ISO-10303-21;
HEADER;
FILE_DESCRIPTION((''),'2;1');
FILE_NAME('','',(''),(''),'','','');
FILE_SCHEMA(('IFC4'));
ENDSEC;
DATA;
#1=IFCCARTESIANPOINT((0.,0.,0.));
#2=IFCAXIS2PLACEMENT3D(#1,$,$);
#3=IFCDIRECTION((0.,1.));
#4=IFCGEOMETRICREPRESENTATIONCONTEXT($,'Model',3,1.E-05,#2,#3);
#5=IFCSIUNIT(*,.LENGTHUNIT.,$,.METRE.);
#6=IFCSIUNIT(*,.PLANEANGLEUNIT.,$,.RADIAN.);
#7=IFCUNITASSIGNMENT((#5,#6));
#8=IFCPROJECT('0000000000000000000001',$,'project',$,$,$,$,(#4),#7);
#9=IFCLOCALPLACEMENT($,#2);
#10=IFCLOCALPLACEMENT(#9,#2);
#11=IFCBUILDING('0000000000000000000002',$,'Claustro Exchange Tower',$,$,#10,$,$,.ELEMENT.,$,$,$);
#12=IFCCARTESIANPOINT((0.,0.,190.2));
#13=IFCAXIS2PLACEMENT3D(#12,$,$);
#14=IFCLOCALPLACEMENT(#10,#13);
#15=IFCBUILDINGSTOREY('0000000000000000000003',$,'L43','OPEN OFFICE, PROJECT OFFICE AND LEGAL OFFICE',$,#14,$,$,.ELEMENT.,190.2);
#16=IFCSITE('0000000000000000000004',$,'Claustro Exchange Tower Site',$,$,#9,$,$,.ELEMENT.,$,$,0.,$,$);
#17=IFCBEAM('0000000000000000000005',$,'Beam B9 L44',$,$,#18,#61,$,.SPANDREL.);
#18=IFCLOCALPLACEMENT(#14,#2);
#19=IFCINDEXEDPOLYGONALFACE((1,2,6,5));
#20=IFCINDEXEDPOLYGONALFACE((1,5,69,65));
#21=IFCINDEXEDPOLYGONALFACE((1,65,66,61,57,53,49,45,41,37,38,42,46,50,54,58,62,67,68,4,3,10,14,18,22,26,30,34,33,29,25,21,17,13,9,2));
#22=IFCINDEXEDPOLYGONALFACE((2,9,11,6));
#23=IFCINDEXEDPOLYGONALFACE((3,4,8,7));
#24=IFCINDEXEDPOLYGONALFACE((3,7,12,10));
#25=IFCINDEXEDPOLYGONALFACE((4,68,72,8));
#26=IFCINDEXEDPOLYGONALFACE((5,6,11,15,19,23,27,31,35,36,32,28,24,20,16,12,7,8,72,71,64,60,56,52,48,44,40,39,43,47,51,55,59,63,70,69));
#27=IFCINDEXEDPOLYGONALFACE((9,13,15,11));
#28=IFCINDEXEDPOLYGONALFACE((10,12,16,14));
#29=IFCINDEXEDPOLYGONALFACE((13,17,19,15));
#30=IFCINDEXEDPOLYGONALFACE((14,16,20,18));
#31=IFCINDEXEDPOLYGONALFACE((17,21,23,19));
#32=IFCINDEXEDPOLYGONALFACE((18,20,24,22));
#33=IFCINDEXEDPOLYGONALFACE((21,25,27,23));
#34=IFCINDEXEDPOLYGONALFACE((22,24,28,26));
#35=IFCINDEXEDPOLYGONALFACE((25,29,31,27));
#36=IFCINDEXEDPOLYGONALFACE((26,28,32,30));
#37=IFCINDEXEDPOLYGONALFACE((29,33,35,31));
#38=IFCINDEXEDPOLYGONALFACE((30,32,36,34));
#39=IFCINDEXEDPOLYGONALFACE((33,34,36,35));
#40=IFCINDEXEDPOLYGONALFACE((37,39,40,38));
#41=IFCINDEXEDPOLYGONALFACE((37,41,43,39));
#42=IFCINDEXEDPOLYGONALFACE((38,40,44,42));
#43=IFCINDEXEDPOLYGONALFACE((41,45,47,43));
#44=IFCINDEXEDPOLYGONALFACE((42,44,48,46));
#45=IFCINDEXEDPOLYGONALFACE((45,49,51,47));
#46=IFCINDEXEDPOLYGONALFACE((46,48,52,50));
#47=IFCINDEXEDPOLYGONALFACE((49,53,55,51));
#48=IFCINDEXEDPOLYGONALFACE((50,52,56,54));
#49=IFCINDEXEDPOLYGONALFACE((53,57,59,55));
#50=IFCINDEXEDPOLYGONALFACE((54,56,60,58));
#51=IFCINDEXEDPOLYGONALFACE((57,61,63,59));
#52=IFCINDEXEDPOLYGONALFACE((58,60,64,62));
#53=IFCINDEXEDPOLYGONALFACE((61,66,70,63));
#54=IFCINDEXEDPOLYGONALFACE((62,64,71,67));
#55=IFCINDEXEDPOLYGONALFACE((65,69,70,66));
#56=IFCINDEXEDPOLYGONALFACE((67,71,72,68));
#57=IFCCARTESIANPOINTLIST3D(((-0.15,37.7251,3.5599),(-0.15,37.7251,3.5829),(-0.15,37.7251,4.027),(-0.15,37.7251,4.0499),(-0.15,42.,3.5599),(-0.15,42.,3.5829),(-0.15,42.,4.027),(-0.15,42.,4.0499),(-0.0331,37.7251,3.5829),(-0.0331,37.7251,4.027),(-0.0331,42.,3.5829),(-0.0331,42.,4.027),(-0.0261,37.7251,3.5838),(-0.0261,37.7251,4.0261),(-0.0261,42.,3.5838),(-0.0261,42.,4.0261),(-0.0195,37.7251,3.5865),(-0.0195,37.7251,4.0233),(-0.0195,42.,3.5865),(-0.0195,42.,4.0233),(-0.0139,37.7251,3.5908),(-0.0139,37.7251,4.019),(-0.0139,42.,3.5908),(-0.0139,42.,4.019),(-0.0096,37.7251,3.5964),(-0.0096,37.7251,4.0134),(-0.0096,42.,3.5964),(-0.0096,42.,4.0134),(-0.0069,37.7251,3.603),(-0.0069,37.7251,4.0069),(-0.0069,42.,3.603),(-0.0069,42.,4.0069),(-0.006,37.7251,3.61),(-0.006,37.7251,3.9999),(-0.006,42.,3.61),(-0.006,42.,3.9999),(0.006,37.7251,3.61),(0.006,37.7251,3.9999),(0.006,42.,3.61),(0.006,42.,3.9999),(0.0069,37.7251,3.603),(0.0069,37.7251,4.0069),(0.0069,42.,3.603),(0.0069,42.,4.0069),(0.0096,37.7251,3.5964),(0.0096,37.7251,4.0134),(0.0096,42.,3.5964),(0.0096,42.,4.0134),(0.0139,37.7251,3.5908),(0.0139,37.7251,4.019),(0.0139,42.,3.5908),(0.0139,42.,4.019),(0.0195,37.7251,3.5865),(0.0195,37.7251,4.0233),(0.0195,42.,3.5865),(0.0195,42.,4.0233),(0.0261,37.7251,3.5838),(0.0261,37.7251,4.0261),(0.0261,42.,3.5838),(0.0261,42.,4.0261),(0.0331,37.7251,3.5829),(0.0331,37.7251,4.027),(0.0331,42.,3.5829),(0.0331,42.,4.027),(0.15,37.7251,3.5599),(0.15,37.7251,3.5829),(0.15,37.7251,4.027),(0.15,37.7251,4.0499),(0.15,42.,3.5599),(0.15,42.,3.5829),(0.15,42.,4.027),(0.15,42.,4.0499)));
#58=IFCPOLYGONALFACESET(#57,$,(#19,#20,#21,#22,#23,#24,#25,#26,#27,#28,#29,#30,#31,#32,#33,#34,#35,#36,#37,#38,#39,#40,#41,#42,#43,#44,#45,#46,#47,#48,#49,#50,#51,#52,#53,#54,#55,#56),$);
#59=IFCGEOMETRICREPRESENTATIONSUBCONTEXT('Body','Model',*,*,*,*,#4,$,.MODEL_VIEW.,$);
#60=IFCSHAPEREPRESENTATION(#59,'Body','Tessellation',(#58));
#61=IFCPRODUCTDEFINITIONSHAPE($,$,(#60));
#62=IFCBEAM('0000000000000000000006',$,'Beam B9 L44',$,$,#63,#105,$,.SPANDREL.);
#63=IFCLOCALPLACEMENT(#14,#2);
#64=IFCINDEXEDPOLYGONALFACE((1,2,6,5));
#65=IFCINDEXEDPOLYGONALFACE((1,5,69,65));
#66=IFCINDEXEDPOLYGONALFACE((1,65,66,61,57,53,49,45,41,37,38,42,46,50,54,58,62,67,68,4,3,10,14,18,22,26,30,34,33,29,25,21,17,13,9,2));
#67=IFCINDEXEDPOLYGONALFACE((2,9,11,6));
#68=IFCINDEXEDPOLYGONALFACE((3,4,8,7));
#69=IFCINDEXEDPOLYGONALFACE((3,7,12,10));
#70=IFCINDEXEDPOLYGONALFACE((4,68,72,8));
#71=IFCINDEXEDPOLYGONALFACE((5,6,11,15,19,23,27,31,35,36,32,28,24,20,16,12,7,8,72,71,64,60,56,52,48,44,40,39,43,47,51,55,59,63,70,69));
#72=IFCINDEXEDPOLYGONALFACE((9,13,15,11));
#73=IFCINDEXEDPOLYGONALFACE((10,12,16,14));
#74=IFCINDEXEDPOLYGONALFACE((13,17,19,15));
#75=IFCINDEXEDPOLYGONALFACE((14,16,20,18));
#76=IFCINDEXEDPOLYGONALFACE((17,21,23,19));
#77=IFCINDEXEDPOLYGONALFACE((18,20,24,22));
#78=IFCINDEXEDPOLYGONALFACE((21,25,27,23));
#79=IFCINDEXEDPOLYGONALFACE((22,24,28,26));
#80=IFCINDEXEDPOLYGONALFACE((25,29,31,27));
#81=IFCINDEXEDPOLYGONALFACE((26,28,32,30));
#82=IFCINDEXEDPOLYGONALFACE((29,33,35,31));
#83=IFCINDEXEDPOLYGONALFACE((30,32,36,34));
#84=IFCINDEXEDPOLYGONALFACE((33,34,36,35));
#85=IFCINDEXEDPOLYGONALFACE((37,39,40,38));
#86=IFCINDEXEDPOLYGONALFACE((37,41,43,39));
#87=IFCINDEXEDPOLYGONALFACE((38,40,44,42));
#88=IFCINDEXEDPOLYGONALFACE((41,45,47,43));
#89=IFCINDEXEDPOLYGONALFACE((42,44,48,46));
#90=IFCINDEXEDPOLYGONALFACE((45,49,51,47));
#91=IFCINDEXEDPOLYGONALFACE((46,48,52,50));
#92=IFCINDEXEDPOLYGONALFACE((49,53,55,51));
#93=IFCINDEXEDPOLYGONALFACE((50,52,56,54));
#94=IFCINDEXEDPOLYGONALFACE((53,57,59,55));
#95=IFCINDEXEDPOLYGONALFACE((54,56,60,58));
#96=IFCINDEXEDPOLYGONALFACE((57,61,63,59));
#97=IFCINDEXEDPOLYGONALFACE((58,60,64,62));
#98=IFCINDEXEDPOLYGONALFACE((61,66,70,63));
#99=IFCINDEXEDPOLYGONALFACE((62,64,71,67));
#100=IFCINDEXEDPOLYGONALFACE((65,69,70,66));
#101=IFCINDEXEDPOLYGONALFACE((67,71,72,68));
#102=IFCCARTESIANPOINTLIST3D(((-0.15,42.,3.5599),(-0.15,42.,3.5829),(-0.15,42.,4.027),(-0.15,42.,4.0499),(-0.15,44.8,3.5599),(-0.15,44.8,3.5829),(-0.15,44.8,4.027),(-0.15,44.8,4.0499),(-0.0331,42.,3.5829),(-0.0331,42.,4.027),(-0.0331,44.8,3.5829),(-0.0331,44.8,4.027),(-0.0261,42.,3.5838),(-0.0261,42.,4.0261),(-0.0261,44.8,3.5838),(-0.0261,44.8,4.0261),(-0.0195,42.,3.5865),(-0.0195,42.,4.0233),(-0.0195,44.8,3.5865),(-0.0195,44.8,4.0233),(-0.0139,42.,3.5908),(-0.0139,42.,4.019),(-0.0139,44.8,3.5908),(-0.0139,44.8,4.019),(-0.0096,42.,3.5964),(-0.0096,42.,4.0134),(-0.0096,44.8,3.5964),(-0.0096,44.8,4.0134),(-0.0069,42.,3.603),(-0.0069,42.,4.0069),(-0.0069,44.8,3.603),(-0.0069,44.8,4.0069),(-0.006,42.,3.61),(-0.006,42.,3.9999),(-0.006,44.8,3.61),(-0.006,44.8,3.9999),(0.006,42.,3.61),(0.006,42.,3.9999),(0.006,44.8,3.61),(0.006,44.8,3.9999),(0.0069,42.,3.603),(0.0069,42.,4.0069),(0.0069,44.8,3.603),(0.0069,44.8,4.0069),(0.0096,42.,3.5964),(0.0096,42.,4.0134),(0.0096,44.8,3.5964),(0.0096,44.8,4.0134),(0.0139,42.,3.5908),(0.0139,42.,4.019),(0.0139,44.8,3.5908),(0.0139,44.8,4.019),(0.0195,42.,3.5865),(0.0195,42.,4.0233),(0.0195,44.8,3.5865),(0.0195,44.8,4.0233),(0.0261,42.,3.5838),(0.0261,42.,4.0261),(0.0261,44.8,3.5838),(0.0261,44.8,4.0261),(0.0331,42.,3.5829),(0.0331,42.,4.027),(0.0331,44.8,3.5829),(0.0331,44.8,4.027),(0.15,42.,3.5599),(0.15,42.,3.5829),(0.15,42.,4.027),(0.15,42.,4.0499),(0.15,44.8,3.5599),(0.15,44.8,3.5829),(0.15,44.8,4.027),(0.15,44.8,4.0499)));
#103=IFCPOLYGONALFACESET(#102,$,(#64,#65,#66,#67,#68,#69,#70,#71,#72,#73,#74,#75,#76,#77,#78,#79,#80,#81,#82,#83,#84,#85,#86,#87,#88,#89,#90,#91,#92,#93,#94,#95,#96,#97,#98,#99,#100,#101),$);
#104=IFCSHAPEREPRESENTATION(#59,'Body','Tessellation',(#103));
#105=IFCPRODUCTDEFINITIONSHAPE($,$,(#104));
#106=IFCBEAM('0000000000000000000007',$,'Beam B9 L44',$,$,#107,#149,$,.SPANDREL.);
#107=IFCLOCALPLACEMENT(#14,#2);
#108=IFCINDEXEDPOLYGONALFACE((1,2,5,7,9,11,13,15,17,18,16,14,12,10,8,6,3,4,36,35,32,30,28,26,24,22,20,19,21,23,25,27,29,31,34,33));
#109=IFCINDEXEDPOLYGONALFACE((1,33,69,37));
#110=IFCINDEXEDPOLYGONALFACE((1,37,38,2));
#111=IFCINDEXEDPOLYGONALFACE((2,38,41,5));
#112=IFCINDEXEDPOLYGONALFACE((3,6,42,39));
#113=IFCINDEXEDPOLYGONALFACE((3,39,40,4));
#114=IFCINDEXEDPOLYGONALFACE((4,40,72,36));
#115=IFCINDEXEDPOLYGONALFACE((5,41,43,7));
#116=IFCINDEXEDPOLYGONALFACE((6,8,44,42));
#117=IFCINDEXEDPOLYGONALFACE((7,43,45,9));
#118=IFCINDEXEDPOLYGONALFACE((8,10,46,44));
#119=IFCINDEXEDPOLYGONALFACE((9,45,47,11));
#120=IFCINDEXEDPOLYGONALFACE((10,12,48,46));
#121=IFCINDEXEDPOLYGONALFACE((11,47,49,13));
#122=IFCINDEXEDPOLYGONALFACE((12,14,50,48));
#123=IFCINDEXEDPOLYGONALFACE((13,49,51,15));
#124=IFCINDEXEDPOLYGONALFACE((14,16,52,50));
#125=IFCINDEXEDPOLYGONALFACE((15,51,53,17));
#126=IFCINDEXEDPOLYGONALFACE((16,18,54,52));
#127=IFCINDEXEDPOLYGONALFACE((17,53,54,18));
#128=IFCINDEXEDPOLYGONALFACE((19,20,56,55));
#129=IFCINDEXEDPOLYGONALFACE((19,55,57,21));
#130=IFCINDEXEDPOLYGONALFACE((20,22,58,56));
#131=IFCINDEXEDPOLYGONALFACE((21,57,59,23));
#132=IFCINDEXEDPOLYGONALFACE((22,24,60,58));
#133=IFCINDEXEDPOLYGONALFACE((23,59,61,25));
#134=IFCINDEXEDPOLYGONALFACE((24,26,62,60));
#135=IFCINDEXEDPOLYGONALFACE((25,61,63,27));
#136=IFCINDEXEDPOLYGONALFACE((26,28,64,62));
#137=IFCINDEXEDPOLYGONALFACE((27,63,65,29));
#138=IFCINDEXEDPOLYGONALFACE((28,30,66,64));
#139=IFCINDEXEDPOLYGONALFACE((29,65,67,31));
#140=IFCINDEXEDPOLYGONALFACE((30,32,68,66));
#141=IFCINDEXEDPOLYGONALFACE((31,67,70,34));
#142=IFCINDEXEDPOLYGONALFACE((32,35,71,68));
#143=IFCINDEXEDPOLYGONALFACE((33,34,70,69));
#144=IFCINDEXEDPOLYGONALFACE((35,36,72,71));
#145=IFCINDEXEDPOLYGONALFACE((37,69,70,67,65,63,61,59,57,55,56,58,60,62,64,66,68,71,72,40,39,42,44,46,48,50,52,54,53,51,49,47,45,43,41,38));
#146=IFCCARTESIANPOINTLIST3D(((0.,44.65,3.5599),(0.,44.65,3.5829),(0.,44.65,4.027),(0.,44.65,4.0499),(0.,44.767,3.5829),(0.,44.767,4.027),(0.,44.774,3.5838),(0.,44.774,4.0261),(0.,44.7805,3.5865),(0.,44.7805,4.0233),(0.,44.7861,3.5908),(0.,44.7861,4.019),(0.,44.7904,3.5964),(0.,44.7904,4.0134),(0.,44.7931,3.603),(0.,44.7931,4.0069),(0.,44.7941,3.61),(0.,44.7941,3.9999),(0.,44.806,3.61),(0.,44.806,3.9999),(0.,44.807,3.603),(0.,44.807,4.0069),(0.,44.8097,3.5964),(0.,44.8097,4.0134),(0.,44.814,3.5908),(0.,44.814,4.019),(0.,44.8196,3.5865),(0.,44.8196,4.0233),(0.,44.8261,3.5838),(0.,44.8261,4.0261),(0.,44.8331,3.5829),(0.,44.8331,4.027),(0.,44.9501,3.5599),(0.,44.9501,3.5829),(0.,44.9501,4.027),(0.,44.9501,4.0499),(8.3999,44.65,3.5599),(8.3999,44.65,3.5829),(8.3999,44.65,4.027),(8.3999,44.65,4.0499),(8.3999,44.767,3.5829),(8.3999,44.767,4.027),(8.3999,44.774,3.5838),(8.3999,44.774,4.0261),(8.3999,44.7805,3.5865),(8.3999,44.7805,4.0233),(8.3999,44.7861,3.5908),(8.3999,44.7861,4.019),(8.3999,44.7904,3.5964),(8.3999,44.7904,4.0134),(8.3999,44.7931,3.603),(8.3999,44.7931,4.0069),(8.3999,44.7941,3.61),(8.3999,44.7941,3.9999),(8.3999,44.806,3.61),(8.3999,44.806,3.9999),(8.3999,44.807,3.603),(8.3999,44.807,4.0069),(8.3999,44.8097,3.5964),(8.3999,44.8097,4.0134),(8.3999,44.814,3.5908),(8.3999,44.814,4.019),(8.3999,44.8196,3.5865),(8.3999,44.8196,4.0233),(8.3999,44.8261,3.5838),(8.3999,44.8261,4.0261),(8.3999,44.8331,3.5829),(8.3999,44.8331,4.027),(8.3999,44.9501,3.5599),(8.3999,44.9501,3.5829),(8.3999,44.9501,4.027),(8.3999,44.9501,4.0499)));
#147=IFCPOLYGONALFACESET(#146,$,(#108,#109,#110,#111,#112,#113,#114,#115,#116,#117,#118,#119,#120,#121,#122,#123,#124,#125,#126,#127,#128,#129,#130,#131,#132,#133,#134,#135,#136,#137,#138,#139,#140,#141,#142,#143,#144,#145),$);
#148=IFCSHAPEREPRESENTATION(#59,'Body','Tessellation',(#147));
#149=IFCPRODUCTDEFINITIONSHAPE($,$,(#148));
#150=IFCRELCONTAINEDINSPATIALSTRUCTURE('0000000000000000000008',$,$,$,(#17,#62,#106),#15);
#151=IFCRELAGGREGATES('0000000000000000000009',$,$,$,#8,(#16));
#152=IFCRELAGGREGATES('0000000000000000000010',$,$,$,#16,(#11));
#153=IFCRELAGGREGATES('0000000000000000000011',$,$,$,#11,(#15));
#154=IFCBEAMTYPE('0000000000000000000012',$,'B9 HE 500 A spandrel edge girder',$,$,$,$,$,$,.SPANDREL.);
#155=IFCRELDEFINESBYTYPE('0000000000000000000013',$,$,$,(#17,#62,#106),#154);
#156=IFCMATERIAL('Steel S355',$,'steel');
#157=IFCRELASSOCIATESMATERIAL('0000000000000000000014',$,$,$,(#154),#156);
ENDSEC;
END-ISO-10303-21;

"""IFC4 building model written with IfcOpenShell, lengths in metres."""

from ifc_helpers import new_model, si_unit, direction, frame, origin, origin_2d, place, context, subcontext, project, spatial, i_section, extrude, material, material_profile, profile_set, type_object, element, save


model = new_model("IFC4")

# Units and contexts
model_context = context("Model", 3, precision=1e-05, world=origin(), true_north=direction((0.0, 1.0)))
body_context = subcontext(model_context, "Body", "Model", "MODEL_VIEW")
ifc_project = project(units=[si_unit("LENGTHUNIT", "METRE"), si_unit("PLANEANGLEUNIT", "RADIAN")], contexts=[model_context])

# Site, building, storey
site_placement = place(None, origin())
site = spatial("IfcSite", under=ifc_project, at=site_placement, Name="Claustro Exchange Tower Site", CompositionType="ELEMENT", RefElevation=0.0)
building_placement = place(site_placement, origin())
building = spatial("IfcBuilding", under=site, at=building_placement, Name="Claustro Exchange Tower", CompositionType="ELEMENT")
storey_placement = place(building_placement, frame((0.0, 0.0, 190.2)))
storey = spatial("IfcBuildingStorey", under=building, at=storey_placement, Name="L43", Description="OPEN OFFICE, PROJECT OFFICE AND LEGAL OFFICE", CompositionType="ELEMENT", Elevation=190.2)

# Beams
ifc_material_1 = material(Name="Steel S355", Category="steel")
ifc_material_profile_1 = material_profile(ifc_material_1, i_section(OverallWidth=0.3, OverallDepth=0.49, WebThickness=0.012, FlangeThickness=0.0229, FilletRadius=0.0271, at=origin_2d()), Name="HE 500 A")
ifc_profile_set_1 = profile_set([ifc_material_profile_1], Name="Steel S355")
beam_type_1 = type_object("IfcBeamType", Name="B9 HE 500 A spandrel edge girder", PredefinedType="SPANDREL", material=ifc_profile_set_1)
beam_1_placement = place(storey_placement, frame((0.0, 37.7251, 3.8049), z_axis=(0.0, 1.0, 0.0), x_axis=(-1.0, 0.0, 0.0)))
element("IfcBeam", 1, at=beam_1_placement, inside=storey, type_object=beam_type_1, Name="Beam B9 L44", PredefinedType="SPANDREL", context=body_context, shape_type="SweptSolid", body=[
    extrude(i_section(OverallWidth=0.3, OverallDepth=0.49, WebThickness=0.012, FlangeThickness=0.0229, FilletRadius=0.0271, at=origin_2d()), origin(), (0.0, 0.0, 1.0), 4.2749),
])
beam_2_placement = place(storey_placement, frame((0.0, 42.0, 3.8049), z_axis=(0.0, 1.0, 0.0), x_axis=(-1.0, 0.0, 0.0)))
element("IfcBeam", 2, at=beam_2_placement, inside=storey, type_object=beam_type_1, Name="Beam B9 L44", PredefinedType="SPANDREL", context=body_context, shape_type="SweptSolid", body=[
    extrude(i_section(OverallWidth=0.3, OverallDepth=0.49, WebThickness=0.012, FlangeThickness=0.0229, FilletRadius=0.0271, at=origin_2d()), origin(), (0.0, 0.0, 1.0), 2.8),
])
beam_3_placement = place(storey_placement, frame((0.0, 44.8, 3.8049), z_axis=(1.0, 0.0, 0.0), x_axis=(0.0, 1.0, 0.0)))
element("IfcBeam", 3, at=beam_3_placement, inside=storey, type_object=beam_type_1, Name="Beam B9 L44", PredefinedType="SPANDREL", context=body_context, shape_type="SweptSolid", body=[
    extrude(i_section(OverallWidth=0.3, OverallDepth=0.49, WebThickness=0.012, FlangeThickness=0.0229, FilletRadius=0.0271, at=origin_2d()), origin(), (0.0, 0.0, 1.0), 8.3999),
])

save(model, "model.ifc")
